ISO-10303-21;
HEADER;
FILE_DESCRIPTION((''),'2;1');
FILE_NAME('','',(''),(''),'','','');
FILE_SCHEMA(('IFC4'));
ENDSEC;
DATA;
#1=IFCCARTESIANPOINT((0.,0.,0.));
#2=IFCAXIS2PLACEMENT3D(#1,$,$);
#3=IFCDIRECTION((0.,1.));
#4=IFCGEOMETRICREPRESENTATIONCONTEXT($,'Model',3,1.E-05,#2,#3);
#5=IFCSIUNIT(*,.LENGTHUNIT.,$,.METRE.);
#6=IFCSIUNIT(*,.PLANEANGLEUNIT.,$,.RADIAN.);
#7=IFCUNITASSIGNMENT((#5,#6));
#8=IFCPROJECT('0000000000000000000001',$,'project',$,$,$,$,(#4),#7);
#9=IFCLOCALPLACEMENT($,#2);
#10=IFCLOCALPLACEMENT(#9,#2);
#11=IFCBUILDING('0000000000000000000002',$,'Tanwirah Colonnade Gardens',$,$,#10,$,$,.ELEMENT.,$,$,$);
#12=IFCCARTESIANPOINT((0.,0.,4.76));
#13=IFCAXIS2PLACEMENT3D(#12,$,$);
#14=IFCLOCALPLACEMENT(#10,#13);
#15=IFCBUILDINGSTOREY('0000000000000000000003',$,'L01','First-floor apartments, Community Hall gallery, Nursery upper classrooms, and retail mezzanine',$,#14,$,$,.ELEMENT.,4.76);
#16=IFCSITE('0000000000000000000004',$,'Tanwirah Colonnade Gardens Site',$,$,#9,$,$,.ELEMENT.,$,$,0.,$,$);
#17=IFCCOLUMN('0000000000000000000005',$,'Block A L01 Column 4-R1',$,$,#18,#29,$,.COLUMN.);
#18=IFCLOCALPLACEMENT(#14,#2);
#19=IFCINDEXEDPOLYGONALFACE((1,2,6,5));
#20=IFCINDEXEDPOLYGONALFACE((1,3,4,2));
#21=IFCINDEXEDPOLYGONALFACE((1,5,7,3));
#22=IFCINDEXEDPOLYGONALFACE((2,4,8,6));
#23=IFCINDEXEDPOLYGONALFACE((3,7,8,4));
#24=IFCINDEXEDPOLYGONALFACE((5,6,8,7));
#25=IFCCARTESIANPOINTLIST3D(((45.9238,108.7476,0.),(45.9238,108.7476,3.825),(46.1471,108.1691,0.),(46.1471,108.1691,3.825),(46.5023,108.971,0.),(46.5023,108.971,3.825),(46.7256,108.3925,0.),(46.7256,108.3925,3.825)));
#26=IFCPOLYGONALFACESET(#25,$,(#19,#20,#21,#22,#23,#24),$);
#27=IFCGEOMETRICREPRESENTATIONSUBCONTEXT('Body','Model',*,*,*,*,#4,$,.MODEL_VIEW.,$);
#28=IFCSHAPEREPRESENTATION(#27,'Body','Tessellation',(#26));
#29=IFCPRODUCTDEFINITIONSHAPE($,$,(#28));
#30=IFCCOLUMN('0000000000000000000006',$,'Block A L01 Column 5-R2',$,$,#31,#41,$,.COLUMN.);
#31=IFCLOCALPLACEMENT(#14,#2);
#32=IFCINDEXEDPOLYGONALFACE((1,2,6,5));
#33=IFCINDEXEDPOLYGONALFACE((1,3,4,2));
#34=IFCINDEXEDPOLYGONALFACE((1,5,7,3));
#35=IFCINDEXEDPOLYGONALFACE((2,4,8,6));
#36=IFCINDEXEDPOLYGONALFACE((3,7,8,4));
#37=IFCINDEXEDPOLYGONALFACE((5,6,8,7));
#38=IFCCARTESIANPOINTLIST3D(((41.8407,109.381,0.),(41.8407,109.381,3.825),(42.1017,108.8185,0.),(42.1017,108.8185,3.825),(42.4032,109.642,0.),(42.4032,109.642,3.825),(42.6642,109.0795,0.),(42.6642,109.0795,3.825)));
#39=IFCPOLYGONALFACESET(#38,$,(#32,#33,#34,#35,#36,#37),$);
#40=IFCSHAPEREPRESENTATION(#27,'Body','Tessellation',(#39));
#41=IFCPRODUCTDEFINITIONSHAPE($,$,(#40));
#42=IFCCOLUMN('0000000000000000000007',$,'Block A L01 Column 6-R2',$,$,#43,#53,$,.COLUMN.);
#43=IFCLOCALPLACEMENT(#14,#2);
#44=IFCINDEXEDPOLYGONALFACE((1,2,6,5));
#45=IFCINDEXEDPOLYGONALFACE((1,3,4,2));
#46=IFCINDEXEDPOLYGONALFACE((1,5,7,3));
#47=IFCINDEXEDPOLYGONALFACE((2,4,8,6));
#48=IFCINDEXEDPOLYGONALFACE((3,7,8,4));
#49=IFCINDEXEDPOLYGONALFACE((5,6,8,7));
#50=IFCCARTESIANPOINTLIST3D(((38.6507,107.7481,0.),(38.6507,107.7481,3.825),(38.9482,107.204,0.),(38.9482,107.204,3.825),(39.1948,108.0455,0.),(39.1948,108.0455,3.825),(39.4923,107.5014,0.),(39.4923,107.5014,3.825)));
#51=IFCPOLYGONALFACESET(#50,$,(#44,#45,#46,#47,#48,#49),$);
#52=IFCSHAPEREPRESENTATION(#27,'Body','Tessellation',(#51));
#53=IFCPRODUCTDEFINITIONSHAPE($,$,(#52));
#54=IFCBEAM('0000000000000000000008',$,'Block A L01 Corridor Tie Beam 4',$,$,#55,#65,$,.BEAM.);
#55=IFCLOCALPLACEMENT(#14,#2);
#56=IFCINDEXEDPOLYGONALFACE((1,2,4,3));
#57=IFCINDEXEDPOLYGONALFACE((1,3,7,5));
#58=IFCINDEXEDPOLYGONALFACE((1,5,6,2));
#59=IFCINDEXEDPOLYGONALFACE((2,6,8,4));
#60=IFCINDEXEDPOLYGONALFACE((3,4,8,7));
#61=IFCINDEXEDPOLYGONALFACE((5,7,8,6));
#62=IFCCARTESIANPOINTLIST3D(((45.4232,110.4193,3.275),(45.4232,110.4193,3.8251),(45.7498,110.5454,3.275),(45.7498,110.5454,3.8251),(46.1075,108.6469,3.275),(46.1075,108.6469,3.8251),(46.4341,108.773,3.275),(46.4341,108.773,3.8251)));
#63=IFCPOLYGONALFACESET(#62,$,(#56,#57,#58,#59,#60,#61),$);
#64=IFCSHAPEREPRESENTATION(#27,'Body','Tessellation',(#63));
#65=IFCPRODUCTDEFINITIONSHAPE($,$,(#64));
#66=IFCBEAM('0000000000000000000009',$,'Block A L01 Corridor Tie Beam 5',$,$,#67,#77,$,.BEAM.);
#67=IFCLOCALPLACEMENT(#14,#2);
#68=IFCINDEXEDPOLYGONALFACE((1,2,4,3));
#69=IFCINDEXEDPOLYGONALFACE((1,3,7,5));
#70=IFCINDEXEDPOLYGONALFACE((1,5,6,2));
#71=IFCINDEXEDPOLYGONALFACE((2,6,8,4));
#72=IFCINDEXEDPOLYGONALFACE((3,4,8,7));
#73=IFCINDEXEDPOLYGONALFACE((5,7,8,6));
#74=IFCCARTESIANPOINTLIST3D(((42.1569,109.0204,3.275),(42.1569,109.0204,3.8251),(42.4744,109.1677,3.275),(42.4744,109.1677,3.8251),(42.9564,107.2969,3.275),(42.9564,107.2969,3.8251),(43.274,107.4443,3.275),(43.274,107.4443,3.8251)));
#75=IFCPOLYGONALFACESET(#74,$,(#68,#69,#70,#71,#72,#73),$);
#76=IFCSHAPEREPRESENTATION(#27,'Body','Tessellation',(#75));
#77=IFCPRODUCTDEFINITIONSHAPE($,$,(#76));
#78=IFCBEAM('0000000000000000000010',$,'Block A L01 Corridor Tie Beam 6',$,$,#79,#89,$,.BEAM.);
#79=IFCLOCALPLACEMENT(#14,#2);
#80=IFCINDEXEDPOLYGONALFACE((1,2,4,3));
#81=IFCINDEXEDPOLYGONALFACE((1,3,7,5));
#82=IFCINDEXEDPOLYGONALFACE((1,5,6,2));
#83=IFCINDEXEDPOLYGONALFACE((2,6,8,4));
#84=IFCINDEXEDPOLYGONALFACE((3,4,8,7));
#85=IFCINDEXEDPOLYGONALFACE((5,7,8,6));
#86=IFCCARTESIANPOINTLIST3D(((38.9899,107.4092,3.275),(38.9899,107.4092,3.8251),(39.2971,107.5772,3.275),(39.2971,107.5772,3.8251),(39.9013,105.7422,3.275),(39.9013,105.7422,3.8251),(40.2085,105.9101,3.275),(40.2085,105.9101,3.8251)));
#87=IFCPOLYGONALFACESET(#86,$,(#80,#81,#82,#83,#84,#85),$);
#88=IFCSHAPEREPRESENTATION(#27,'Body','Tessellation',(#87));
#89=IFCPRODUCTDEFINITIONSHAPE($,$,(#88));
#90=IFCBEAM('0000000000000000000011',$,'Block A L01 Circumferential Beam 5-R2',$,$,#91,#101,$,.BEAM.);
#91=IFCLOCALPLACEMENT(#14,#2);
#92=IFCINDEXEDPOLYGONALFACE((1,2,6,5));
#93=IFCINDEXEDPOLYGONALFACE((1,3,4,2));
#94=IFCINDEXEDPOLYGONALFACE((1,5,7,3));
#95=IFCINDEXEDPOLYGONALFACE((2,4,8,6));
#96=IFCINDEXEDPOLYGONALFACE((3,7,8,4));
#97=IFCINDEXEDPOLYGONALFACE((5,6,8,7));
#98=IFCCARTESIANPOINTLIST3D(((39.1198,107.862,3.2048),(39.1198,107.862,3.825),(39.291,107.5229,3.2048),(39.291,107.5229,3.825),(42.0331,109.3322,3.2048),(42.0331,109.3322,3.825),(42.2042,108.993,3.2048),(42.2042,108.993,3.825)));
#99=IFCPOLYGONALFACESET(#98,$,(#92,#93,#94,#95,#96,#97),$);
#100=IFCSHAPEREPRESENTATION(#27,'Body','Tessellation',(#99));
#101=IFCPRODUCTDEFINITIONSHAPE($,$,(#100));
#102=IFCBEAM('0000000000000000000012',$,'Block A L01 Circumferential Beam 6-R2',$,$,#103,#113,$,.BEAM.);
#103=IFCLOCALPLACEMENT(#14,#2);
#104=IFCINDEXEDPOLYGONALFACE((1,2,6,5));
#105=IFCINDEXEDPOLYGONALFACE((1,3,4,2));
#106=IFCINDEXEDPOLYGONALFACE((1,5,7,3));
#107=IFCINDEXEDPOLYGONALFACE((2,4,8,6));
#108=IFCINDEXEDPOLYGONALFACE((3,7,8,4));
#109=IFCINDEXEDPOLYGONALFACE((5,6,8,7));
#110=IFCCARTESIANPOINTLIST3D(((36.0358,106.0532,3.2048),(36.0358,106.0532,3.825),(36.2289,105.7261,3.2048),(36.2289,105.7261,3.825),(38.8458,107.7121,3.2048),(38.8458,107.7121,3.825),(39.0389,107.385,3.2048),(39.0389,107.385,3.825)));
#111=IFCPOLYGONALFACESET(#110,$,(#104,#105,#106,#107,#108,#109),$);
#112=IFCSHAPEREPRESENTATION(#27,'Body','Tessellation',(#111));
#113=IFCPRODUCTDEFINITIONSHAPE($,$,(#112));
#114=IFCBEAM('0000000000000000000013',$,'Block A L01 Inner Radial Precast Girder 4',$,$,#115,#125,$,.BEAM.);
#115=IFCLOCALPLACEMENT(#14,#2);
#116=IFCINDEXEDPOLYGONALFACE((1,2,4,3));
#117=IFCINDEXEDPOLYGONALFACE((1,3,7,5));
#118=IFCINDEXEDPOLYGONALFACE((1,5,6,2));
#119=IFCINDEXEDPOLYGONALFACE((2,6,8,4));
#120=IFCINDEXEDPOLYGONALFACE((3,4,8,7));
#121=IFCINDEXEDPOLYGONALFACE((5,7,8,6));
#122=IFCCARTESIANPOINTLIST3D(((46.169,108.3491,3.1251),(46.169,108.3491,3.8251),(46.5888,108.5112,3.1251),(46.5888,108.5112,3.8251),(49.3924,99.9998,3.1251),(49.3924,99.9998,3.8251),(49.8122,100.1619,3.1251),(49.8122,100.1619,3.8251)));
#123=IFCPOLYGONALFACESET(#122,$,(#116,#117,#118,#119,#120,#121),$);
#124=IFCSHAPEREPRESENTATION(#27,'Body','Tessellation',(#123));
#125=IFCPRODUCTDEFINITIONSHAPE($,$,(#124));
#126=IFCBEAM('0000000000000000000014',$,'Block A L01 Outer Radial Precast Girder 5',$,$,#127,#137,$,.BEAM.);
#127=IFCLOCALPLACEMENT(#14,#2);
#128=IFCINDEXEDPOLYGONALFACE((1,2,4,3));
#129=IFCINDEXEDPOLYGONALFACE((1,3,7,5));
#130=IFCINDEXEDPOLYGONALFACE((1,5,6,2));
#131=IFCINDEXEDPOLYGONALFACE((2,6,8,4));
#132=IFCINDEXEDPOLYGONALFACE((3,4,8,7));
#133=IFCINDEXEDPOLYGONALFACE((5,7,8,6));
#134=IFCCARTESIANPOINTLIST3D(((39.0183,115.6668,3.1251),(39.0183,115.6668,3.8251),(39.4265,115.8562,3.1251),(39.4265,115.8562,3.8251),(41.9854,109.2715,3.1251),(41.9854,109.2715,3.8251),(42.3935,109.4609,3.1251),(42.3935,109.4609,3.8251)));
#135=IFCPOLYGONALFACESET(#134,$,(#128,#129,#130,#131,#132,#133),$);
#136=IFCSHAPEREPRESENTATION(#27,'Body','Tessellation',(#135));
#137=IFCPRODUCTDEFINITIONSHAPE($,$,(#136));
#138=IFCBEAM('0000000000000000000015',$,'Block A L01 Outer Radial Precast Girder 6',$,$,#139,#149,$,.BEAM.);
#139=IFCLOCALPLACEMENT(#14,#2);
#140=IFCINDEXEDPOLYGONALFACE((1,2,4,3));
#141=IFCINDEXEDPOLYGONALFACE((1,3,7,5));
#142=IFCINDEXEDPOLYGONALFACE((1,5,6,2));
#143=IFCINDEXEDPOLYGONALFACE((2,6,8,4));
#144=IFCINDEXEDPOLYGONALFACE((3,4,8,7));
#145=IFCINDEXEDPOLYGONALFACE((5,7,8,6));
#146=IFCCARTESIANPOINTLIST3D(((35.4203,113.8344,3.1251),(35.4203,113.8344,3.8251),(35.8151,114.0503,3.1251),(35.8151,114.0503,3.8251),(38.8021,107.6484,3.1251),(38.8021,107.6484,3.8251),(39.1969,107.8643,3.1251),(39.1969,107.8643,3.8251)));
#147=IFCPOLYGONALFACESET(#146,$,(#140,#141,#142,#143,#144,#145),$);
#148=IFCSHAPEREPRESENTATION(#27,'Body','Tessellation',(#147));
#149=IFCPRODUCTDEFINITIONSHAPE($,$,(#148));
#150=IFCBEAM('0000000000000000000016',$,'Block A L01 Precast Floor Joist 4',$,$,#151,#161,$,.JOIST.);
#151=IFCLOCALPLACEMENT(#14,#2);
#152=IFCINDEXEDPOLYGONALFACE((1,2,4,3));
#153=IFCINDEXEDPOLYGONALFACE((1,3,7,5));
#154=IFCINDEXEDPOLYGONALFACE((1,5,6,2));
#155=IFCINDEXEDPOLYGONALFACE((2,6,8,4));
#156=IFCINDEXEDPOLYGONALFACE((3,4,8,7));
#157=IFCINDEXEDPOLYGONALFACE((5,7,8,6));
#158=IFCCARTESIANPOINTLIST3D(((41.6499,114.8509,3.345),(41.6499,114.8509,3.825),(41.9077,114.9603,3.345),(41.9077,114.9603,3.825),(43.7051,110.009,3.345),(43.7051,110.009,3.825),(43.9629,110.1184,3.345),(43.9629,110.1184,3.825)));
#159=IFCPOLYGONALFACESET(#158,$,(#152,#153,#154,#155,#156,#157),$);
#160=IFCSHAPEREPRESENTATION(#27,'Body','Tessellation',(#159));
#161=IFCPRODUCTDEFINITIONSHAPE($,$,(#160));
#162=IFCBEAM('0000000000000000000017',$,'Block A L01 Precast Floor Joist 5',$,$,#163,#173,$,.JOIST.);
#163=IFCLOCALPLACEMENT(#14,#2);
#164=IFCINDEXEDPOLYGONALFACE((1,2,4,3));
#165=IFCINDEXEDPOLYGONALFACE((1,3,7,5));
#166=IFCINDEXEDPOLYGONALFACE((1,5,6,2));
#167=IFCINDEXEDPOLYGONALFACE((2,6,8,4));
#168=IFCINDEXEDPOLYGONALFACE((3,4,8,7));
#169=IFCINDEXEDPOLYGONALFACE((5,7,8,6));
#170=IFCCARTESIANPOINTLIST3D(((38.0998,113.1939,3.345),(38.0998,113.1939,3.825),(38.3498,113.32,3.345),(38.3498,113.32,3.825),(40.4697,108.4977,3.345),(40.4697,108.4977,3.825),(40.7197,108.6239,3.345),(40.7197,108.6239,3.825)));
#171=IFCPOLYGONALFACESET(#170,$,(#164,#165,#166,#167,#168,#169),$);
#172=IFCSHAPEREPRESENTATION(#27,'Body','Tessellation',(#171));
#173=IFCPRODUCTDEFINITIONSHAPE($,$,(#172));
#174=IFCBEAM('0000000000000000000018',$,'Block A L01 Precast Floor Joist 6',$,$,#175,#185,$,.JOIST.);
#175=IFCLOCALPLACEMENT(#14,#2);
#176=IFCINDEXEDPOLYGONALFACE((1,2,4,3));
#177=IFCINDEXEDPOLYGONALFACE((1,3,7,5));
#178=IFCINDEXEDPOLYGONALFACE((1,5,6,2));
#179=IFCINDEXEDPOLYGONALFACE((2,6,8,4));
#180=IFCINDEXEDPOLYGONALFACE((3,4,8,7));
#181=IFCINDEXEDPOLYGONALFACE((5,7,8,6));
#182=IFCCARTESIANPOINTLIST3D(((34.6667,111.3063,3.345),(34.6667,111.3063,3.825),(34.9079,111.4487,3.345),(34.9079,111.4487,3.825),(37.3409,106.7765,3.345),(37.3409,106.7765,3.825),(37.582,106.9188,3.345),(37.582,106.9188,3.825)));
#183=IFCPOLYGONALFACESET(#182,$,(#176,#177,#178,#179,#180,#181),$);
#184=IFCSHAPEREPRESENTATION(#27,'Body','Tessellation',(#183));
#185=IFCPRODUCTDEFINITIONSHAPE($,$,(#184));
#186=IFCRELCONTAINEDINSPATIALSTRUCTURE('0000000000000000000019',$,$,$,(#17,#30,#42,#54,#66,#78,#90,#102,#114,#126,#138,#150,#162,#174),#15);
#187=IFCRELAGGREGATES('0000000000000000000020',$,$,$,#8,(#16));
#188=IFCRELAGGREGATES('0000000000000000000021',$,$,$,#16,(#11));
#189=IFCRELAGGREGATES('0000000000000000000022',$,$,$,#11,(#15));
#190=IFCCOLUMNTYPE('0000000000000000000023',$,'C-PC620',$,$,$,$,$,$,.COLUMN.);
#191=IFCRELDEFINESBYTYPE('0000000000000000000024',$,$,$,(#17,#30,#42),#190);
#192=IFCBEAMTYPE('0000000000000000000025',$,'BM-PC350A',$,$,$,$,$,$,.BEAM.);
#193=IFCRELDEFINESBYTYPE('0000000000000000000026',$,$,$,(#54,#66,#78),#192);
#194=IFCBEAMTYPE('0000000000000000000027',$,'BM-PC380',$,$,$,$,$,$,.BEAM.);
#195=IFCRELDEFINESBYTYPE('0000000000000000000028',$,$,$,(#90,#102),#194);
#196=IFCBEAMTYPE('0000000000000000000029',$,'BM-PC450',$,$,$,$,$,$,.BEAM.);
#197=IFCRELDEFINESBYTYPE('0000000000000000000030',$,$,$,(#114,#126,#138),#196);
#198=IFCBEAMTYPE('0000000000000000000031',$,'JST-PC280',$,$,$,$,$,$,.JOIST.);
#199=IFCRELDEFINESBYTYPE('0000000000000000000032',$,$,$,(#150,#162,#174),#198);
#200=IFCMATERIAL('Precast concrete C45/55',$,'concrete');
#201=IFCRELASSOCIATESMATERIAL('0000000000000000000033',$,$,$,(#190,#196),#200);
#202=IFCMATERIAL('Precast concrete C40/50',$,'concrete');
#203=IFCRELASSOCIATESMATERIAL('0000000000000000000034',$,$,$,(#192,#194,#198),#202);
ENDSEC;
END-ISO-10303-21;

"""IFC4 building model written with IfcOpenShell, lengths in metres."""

from ifc_helpers import new_model, si_unit, direction, frame, origin, origin_2d, place, context, subcontext, project, spatial, rectangle, extrude, material, material_profile, profile_set, type_object, element, save


model = new_model("IFC4")

# Units and contexts
model_context = context("Model", 3, precision=1e-05, world=origin(), true_north=direction((0.0, 1.0)))
body_context = subcontext(model_context, "Body", "Model", "MODEL_VIEW")
ifc_project = project(units=[si_unit("LENGTHUNIT", "METRE"), si_unit("PLANEANGLEUNIT", "RADIAN")], contexts=[model_context])

# Site, building, storey
site_placement = place(None, origin())
site = spatial("IfcSite", under=ifc_project, at=site_placement, Name="Tanwirah Colonnade Gardens Site", CompositionType="ELEMENT", RefElevation=0.0)
building_placement = place(site_placement, origin())
building = spatial("IfcBuilding", under=site, at=building_placement, Name="Tanwirah Colonnade Gardens", CompositionType="ELEMENT")
storey_placement = place(building_placement, frame((0.0, 0.0, 4.76)))
storey = spatial("IfcBuildingStorey", under=building, at=storey_placement, Name="L01", Description="First-floor apartments, Community Hall gallery, Nursery upper classrooms, and retail mezzanine", CompositionType="ELEMENT", Elevation=4.76)

# Columns
ifc_material_1 = material(Name="Precast concrete C45/55", Category="concrete")
ifc_material_profile_1 = material_profile(ifc_material_1, rectangle(XDim=0.6201, YDim=0.6201, at=origin_2d()), Name="PC-COL 620x620")
ifc_profile_set_1 = profile_set([ifc_material_profile_1], Name="Precast concrete C45/55")
column_type = type_object("IfcColumnType", Name="C-PC620", PredefinedType="COLUMN", material=ifc_profile_set_1)
for number, where, z_axis, x_axis, name in (
    (1, (46.3247, 108.5701, 0.0), (0.0, 0.0, 1.0), (-0.360178, 0.932884, 0.0), "Block A L01 Column 4-R1"),
    (2, (42.2524, 109.2302, 0.0), (0.0, 0.0, 1.0), (-0.42086, 0.907126, 0.0), "Block A L01 Column 5-R2"),
    (3, (39.0715, 107.6248, 0.0), (0.0, 0.0, 1.0), (-0.479713, 0.877425, 0.0), "Block A L01 Column 6-R2"),
):
    element("IfcColumn", number, at=place(storey_placement, frame(where, z_axis=z_axis, x_axis=x_axis)), inside=storey, type_object=column_type, Name=name, PredefinedType="COLUMN", context=body_context, shape_type="SweptSolid", body=[
        extrude(rectangle(XDim=0.6201, YDim=0.6201, at=origin_2d()), origin(), (0.0, 0.0, 1.0), 3.825),
    ])

# Beams
ifc_material_2 = material(Name="Precast concrete C40/50", Category="concrete")
ifc_material_profile_2 = material_profile(ifc_material_2, rectangle(XDim=0.3501, YDim=0.55, at=origin_2d()), Name="PC-BM 350x550")
ifc_profile_set_2 = profile_set([ifc_material_profile_2], Name="Precast concrete C40/50")
beam_type_1 = type_object("IfcBeamType", Name="BM-PC350A", PredefinedType="BEAM", material=ifc_profile_set_2)
for number, where, z_axis, x_axis, name in (
    (4, (46.2708, 108.71, 3.55), (-0.360176, 0.932885, 0.0), (-0.932885, -0.360176, 0.0), "Block A L01 Corridor Tie Beam 4"),
    (5, (43.1152, 107.3706, 3.55), (-0.420858, 0.907126, 0.0), (-0.907126, -0.420858, 0.0), "Block A L01 Corridor Tie Beam 5"),
    (6, (40.0549, 105.8262, 3.55), (-0.479707, 0.877429, 0.0), (-0.877429, -0.479707, 0.0), "Block A L01 Corridor Tie Beam 6"),
):
    element("IfcBeam", number, at=place(storey_placement, frame(where, z_axis=z_axis, x_axis=x_axis)), inside=storey, type_object=beam_type_1, Name=name, PredefinedType="BEAM", context=body_context, shape_type="SweptSolid", body=[
        extrude(rectangle(XDim=0.3501, YDim=0.55, at=origin_2d()), origin(), (0.0, 0.0, 1.0), 1.8999),
    ])
ifc_material_profile_3 = material_profile(ifc_material_2, rectangle(XDim=0.3799, YDim=0.6201, at=origin_2d()), Name="PC-BM 380x620")
ifc_profile_set_3 = profile_set([ifc_material_profile_3], Name="Precast concrete C40/50")
beam_type_2 = type_object("IfcBeamType", Name="BM-PC380", PredefinedType="BEAM", material=ifc_profile_set_3)
for number, where, z_axis, x_axis, name in (
    (7, (42.1187, 109.1626, 3.5149), (-0.89276, -0.450532, 0.0), (0.450532, -0.89276, 0.0), "Block A L01 Circumferential Beam 5-R2"),
    (8, (38.9424, 107.5486, 3.5149), (-0.861135, -0.508376, 0.0), (0.508376, -0.861135, 0.0), "Block A L01 Circumferential Beam 6-R2"),
):
    element("IfcBeam", number, at=place(storey_placement, frame(where, z_axis=z_axis, x_axis=x_axis)), inside=storey, type_object=beam_type_2, Name=name, PredefinedType="BEAM", context=body_context, shape_type="SweptSolid", body=[
        extrude(rectangle(XDim=0.3799, YDim=0.6201, at=origin_2d()), origin(), (0.0, 0.0, 1.0), 3.2632),
    ])
ifc_material_profile_4 = material_profile(ifc_material_1, rectangle(XDim=0.45, YDim=0.7, at=origin_2d()), Name="PC-BM 450x700")
ifc_profile_set_4 = profile_set([ifc_material_profile_4], Name="Precast concrete C45/55")
beam_type_3 = type_object("IfcBeamType", Name="BM-PC450", PredefinedType="BEAM", material=ifc_profile_set_4)
beam_1_placement = place(storey_placement, frame((46.3789, 108.4302, 3.4751), z_axis=(0.360156, -0.932892, 0.0), x_axis=(0.932892, 0.360156, 0.0)))
element("IfcBeam", 9, at=beam_1_placement, inside=storey, type_object=beam_type_3, Name="Block A L01 Inner Radial Precast Girder 4", PredefinedType="BEAM", context=body_context, shape_type="SweptSolid", body=[
    extrude(rectangle(XDim=0.45, YDim=0.7, at=origin_2d()), origin(), (0.0, 0.0, 1.0), 8.95),
])
for number, where, z_axis, x_axis, name in (
    (10, (42.1895, 109.3662, 3.4751), (-0.420856, 0.907128, 0.0), (-0.907128, -0.420856, 0.0), "Block A L01 Outer Radial Precast Girder 5"),
    (11, (38.9995, 107.7563, 3.4751), (-0.479687, 0.87744, 0.0), (-0.87744, -0.479687, 0.0), "Block A L01 Outer Radial Precast Girder 6"),
):
    element("IfcBeam", number, at=place(storey_placement, frame(where, z_axis=z_axis, x_axis=x_axis)), inside=storey, type_object=beam_type_3, Name=name, PredefinedType="BEAM", context=body_context, shape_type="SweptSolid", body=[
        extrude(rectangle(XDim=0.45, YDim=0.7, at=origin_2d()), origin(), (0.0, 0.0, 1.0), 7.05),
    ])
ifc_material_profile_5 = material_profile(ifc_material_2, rectangle(XDim=0.28, YDim=0.48, at=origin_2d()), Name="PC-JST 280x480")
ifc_profile_set_5 = profile_set([ifc_material_profile_5], Name="Precast concrete C40/50")
beam_type_4 = type_object("IfcBeamType", Name="JST-PC280", PredefinedType="JOIST", material=ifc_profile_set_5)
beam_2_placement = place(storey_placement, frame((43.834, 110.0637, 3.585), z_axis=(-0.390724, 0.920508, 0.0), x_axis=(-0.920508, -0.390724, 0.0)))
element("IfcBeam", 12, at=beam_2_placement, inside=storey, type_object=beam_type_4, Name="Block A L01 Precast Floor Joist 4", PredefinedType="JOIST", context=body_context, shape_type="SweptSolid", body=[
    extrude(rectangle(XDim=0.28, YDim=0.48, at=origin_2d()), origin(), (0.0, 0.0, 1.0), 5.26),
])
for number, where, z_axis, x_axis, name in (
    (13, (40.5947, 108.5608, 3.585), (-0.450534, 0.892759, 0.0), (-0.892759, -0.450534, 0.0), "Block A L01 Precast Floor Joist 5"),
    (14, (37.4614, 106.8477, 3.585), (-0.50836, 0.861145, 0.0), (-0.861145, -0.50836, 0.0), "Block A L01 Precast Floor Joist 6"),
):
    element("IfcBeam", number, at=place(storey_placement, frame(where, z_axis=z_axis, x_axis=x_axis)), inside=storey, type_object=beam_type_4, Name=name, PredefinedType="JOIST", context=body_context, shape_type="SweptSolid", body=[
        extrude(rectangle(XDim=0.28, YDim=0.48, at=origin_2d()), origin(), (0.0, 0.0, 1.0), 5.2603),
    ])

save(model, "model.ifc")
